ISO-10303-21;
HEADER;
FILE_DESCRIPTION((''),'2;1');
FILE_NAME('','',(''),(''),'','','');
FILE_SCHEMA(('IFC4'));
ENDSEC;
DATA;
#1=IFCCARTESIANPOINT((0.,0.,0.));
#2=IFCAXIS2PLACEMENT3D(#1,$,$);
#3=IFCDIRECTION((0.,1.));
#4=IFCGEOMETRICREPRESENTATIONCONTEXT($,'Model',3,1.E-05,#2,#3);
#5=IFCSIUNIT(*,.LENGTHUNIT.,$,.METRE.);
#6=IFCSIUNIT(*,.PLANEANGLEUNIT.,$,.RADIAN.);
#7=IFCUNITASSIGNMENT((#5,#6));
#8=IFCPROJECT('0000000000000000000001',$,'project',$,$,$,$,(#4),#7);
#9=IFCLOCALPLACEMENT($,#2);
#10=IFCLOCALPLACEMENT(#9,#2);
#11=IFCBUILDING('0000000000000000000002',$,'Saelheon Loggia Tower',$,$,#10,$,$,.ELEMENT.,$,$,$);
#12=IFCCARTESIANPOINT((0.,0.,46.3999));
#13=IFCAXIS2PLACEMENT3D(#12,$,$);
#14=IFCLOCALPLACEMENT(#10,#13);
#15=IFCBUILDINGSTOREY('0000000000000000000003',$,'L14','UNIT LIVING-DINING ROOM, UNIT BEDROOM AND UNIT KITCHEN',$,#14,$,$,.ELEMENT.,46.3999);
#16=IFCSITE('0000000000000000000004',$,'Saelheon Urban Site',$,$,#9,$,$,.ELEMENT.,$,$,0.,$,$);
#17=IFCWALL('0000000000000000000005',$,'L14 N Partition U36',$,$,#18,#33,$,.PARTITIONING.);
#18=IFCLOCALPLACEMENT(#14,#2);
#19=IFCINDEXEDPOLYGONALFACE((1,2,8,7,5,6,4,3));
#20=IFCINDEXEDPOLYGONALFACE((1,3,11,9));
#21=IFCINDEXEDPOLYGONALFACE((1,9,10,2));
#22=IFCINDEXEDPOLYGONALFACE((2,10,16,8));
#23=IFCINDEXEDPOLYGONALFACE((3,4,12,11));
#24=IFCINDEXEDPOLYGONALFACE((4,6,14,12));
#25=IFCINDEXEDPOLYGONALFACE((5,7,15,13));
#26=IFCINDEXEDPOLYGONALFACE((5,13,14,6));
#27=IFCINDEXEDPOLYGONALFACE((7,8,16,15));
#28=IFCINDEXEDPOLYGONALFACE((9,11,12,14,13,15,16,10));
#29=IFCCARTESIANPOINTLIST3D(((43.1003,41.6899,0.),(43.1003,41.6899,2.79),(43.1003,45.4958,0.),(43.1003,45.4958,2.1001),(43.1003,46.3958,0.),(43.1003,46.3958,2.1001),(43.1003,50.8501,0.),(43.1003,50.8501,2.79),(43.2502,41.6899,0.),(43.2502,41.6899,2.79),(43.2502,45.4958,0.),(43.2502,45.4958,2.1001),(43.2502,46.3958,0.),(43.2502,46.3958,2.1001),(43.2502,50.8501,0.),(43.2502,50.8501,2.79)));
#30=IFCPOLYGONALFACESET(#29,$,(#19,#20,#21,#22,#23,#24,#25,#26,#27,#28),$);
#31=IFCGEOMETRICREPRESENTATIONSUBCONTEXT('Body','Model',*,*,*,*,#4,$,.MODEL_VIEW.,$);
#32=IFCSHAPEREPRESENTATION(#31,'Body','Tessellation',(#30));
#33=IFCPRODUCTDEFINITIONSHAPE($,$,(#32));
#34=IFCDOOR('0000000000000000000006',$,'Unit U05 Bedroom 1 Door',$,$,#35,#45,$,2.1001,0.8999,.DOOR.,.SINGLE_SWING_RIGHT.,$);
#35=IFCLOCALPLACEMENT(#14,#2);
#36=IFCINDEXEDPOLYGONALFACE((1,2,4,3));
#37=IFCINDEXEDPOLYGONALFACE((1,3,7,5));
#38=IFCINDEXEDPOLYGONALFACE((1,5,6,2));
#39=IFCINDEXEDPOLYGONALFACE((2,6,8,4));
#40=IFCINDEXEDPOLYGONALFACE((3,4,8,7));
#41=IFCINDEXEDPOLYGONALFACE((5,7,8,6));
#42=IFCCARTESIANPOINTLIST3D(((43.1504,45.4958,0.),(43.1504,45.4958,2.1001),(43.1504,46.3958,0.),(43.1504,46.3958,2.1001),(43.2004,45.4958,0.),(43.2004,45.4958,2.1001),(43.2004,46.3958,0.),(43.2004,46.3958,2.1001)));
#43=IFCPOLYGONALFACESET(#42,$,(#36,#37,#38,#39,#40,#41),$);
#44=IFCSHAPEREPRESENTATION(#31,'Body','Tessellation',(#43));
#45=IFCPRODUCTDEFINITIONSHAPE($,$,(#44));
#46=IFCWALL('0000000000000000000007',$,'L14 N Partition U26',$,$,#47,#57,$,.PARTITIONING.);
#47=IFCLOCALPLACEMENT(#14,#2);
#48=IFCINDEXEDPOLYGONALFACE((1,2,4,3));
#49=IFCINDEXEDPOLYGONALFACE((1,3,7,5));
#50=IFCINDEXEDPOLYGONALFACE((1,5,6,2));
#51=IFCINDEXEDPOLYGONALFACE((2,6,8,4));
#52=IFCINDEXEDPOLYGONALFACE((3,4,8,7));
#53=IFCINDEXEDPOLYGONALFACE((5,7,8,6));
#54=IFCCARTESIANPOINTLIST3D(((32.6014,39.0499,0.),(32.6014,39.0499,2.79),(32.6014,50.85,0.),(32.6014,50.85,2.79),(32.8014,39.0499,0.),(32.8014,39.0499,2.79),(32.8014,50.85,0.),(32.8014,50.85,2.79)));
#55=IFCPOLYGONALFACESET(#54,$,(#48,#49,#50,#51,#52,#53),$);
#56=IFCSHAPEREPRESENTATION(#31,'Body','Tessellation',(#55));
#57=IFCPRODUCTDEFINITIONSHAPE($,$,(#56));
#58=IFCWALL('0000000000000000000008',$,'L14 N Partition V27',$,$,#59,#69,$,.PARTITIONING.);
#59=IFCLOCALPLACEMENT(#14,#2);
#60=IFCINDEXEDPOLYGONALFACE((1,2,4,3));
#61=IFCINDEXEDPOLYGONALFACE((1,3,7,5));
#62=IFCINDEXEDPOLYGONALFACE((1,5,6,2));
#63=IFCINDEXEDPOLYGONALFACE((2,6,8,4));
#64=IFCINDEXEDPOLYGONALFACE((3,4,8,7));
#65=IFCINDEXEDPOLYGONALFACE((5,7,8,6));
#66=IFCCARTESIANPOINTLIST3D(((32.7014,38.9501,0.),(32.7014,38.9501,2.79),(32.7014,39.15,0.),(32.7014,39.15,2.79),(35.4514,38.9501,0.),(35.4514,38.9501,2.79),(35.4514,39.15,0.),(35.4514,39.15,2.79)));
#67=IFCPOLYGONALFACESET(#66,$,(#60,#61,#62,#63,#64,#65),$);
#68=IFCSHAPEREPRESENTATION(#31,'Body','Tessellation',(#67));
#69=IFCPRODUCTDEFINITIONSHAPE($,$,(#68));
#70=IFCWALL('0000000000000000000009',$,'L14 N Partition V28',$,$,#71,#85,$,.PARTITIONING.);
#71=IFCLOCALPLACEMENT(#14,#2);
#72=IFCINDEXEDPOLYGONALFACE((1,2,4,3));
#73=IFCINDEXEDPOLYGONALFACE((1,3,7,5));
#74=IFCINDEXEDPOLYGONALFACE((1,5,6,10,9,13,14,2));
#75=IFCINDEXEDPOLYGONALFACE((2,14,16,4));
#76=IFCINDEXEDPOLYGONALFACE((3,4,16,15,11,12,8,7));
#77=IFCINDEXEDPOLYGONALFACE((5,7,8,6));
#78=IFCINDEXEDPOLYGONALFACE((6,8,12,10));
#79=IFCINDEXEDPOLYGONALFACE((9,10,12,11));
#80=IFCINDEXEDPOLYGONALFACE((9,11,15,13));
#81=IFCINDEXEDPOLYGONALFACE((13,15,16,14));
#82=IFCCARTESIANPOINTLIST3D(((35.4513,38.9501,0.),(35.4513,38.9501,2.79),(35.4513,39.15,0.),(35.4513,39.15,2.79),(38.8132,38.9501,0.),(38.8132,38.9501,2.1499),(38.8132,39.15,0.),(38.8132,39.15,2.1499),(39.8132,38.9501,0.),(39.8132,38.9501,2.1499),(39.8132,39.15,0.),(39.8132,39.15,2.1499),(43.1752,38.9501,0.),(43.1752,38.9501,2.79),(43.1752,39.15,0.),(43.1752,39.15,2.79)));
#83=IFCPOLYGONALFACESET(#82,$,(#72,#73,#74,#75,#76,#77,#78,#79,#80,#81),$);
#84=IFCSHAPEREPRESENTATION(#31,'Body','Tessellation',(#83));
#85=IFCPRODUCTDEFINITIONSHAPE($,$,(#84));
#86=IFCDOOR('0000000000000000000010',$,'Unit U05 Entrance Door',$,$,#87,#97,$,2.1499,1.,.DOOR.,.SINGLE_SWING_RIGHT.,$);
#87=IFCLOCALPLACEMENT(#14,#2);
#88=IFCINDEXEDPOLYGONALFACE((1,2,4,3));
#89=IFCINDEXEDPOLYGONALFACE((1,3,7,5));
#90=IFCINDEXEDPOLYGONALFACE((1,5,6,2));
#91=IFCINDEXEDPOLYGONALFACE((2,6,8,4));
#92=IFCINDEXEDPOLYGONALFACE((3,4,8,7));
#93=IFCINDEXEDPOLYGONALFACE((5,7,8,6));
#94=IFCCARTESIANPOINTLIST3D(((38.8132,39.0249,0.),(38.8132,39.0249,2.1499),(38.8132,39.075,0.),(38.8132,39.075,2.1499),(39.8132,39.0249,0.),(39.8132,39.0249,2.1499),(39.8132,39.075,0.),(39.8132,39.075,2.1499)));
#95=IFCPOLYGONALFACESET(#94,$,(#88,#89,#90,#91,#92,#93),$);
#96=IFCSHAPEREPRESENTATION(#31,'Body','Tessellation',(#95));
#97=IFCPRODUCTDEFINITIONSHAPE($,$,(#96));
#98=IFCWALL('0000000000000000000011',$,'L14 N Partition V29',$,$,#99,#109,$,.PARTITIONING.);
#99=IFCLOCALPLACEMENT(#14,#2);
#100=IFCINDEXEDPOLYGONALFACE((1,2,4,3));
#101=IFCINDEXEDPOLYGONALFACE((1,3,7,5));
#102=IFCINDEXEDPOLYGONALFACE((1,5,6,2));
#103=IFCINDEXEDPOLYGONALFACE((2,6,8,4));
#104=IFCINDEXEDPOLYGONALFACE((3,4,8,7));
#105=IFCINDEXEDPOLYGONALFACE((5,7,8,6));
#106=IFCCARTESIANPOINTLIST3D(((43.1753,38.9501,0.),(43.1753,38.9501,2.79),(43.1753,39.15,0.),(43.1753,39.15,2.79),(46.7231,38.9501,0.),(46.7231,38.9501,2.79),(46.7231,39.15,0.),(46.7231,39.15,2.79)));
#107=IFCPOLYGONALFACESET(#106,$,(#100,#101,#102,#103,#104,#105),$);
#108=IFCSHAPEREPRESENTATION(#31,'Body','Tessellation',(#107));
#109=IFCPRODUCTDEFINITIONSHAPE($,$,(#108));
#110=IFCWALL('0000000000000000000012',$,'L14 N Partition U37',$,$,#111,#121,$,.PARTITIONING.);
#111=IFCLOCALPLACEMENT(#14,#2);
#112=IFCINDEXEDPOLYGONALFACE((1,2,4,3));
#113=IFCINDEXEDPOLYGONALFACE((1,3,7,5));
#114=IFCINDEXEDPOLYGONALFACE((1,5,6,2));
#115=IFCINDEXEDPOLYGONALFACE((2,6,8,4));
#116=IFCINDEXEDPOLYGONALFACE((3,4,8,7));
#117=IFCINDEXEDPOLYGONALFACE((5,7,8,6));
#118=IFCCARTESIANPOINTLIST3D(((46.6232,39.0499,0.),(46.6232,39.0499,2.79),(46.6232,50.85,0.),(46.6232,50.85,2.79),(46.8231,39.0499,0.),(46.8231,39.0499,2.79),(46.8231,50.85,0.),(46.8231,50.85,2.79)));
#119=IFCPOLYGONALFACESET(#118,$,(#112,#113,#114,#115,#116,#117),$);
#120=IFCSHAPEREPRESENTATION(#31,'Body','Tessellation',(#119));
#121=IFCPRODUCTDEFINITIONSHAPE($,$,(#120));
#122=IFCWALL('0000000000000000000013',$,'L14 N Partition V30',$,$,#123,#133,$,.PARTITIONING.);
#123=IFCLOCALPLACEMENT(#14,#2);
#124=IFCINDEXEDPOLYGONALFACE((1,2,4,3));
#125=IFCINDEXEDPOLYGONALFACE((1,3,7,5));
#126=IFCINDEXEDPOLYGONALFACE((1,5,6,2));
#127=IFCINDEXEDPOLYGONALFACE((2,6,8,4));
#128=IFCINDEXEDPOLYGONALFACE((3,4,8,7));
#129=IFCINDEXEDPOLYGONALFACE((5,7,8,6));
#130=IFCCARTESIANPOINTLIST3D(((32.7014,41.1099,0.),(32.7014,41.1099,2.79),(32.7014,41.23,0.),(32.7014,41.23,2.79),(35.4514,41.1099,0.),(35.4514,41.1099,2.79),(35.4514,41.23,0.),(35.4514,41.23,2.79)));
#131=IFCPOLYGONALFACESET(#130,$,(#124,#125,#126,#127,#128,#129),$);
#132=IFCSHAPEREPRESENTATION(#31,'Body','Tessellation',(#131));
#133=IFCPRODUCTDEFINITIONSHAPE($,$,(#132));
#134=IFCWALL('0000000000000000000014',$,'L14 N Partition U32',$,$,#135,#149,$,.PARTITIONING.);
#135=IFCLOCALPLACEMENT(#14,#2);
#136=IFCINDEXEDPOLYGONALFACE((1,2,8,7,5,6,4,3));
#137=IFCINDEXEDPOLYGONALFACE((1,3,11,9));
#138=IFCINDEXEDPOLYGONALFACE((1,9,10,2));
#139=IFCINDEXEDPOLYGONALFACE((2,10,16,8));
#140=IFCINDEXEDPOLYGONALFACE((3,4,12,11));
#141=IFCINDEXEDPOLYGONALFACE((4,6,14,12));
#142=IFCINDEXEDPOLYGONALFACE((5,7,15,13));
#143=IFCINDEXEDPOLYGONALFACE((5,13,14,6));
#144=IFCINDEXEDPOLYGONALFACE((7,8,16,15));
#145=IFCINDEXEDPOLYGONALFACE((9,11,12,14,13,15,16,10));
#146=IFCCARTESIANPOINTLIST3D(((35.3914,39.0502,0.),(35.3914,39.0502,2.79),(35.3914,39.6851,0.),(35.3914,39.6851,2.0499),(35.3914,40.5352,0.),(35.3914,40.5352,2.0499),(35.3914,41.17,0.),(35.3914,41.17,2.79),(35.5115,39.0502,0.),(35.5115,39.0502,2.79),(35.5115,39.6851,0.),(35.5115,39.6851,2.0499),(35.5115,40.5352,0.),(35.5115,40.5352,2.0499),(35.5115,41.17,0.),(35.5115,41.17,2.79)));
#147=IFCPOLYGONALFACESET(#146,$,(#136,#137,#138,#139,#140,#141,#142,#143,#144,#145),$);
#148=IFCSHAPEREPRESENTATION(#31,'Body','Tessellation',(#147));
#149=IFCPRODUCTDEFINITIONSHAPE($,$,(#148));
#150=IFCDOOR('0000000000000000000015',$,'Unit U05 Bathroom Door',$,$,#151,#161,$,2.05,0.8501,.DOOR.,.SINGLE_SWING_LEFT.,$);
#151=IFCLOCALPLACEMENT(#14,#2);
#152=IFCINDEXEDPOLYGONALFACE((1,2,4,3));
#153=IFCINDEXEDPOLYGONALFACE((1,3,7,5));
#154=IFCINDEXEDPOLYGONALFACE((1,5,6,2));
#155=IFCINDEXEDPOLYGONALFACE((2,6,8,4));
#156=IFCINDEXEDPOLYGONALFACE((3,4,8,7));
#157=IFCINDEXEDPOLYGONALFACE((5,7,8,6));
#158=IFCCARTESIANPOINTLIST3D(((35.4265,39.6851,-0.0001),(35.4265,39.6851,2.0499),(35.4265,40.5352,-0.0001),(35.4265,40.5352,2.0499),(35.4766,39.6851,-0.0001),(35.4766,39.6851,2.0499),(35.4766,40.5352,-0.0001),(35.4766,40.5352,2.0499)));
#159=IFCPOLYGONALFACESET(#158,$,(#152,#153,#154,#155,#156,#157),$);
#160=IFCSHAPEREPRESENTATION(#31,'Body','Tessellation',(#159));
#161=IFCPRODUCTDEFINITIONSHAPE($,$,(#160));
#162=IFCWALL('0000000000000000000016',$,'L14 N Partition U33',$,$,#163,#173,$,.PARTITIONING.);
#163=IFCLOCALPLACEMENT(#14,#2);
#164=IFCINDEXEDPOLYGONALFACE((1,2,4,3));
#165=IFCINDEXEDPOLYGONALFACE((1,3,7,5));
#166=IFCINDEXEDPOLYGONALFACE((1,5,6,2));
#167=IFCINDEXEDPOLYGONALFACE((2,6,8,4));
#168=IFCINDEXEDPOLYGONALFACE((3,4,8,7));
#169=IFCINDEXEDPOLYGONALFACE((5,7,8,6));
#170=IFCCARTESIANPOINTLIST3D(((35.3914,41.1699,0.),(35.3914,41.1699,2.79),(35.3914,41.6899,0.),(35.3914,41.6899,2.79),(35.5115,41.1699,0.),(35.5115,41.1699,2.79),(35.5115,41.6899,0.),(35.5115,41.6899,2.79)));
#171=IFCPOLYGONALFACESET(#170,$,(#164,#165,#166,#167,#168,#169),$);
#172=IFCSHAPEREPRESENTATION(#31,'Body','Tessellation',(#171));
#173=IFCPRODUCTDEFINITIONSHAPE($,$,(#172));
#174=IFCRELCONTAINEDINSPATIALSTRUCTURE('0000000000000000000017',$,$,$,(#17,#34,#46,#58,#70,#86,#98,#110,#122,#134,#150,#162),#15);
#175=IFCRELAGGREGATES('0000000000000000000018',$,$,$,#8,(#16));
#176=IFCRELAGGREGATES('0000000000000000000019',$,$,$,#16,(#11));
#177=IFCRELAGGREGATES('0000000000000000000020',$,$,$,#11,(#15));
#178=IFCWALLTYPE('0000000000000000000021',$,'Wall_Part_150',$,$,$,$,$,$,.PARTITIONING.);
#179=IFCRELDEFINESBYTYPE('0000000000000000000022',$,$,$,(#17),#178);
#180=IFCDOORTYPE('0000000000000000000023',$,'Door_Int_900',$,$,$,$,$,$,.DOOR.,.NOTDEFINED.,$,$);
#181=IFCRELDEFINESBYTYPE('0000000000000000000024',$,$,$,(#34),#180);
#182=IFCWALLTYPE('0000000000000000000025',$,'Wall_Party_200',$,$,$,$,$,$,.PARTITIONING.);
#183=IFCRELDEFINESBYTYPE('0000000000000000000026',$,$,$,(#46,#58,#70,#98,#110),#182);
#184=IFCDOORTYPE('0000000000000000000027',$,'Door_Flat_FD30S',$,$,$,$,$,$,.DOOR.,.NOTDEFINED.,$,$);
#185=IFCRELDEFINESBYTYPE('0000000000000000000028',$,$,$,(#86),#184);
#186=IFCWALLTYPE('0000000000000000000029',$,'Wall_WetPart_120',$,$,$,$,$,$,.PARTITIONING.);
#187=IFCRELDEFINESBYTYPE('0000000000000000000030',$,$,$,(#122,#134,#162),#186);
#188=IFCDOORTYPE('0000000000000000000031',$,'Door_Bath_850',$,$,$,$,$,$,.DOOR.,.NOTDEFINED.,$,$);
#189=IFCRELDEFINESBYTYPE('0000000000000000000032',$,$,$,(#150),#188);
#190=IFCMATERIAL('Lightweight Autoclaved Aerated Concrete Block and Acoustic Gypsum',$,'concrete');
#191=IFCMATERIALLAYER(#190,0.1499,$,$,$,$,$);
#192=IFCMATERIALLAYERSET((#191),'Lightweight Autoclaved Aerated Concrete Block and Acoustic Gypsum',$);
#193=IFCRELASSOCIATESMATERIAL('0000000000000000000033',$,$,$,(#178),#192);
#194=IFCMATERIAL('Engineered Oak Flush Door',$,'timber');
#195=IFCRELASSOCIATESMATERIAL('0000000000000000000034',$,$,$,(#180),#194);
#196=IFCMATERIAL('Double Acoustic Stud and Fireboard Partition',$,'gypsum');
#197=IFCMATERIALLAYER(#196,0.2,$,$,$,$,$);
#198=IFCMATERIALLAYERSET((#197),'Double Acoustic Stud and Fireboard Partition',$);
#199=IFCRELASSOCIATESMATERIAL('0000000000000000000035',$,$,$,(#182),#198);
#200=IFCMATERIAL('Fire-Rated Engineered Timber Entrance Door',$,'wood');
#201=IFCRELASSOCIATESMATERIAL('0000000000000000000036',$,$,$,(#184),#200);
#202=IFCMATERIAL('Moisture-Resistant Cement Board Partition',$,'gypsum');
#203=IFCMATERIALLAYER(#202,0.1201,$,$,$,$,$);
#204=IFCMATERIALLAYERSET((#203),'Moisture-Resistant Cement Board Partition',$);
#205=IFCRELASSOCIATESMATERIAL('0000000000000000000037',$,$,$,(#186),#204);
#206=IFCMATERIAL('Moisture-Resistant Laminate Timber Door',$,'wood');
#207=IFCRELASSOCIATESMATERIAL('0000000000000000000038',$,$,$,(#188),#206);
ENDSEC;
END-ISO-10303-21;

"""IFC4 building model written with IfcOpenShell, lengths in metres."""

from ifc_helpers import new_model, si_unit, direction, frame, frame_2d, origin, place, context, subcontext, project, spatial, rectangle, extrude, source, transform, mapped, material, layer, layer_set, type_object, element, fill, save


model = new_model("IFC4")

# Units and contexts
model_context = context("Model", 3, precision=1e-05, world=origin(), true_north=direction((0.0, 1.0)))
body_context = subcontext(model_context, "Body", "Model", "MODEL_VIEW")
ifc_project = project(units=[si_unit("LENGTHUNIT", "METRE"), si_unit("PLANEANGLEUNIT", "RADIAN")], contexts=[model_context])

# Site, building, storey
site_placement = place(None, origin())
site = spatial("IfcSite", under=ifc_project, at=site_placement, Name="Saelheon Urban Site", CompositionType="ELEMENT", RefElevation=0.0)
building_placement = place(site_placement, origin())
building = spatial("IfcBuilding", under=site, at=building_placement, Name="Saelheon Loggia Tower", CompositionType="ELEMENT")
storey_placement = place(building_placement, frame((0.0, 0.0, 46.3999)))
storey = spatial("IfcBuildingStorey", under=building, at=storey_placement, Name="L14", Description="UNIT LIVING-DINING ROOM, UNIT BEDROOM AND UNIT KITCHEN", CompositionType="ELEMENT", Elevation=46.3999)

# Shared definitions
ifc_material_1 = material(Name="Lightweight Autoclaved Aerated Concrete Block and Acoustic Gypsum", Category="concrete")
ifc_layer_1 = layer(ifc_material_1, 0.1499)
ifc_layer_set_1 = layer_set([ifc_layer_1], Name="Lightweight Autoclaved Aerated Concrete Block and Acoustic Gypsum")
wall_type_1 = type_object("IfcWallType", Name="Wall_Part_150", PredefinedType="PARTITIONING", material=ifc_layer_set_1)

# Wall, opening, door
ifc_material_2 = material(Name="Engineered Oak Flush Door", Category="timber")
door_type_1 = type_object("IfcDoorType", Name="Door_Int_900", OperationType="NOTDEFINED", PredefinedType="DOOR", material=ifc_material_2)
shared_shape_1 = source(origin(), body_context, "Body", "SweptSolid", [
    extrude(rectangle(XDim=0.8999, YDim=2.1001, at=frame_2d((0.45, 1.05))), frame((0.0, 0.0249, 0.0), z_axis=(0.0, -1.0, 0.0), x_axis=(1.0, 0.0, 0.0)), (0.0, 0.0, 1.0), 0.05),
])
wall_1_placement = place(storey_placement, frame((43.1753, 41.6899, 0.0), z_axis=(0.0, 0.0, 1.0), x_axis=(0.0, 1.0, 0.0)))
wall_1 = element("IfcWall", 1, at=wall_1_placement, inside=storey, type_object=wall_type_1, Name="L14 N Partition U36", PredefinedType="PARTITIONING", context=body_context, shape_type="SweptSolid", body=[
    extrude(rectangle(XDim=9.1602, YDim=0.1499, at=frame_2d((4.5801, 0.0))), origin(), (0.0, 0.0, 1.0), 2.79),
])
opening_1_placement = place(wall_1_placement, frame((3.8059, 0.0, 0.0)))
opening_1 = element("IfcOpeningElement", 2, at=opening_1_placement, cuts=wall_1, PredefinedType="OPENING", context=body_context, shape_type="SweptSolid", body=[
    extrude(rectangle(XDim=0.8999, YDim=2.1001, at=frame_2d((0.45, 1.05))), frame((0.0, 0.0869, 0.0), z_axis=(0.0, -1.0, 0.0), x_axis=(1.0, 0.0, 0.0)), (0.0, 0.0, 1.0), 0.1738),
])
door_1_placement = place(opening_1_placement, origin())
door_1 = element("IfcDoor", 3, at=door_1_placement, inside=storey, type_object=door_type_1, Name="Unit U05 Bedroom 1 Door", OperationType="SINGLE_SWING_RIGHT", OverallHeight=2.1001, OverallWidth=0.8999, PredefinedType="DOOR", context=body_context, shape_type="MappedRepresentation", body=[
    mapped(shared_shape_1, transform((0.0, 0.0, 0.0), scale=1.0)),
])
fill(opening_1, door_1)

# Walls
ifc_material_3 = material(Name="Double Acoustic Stud and Fireboard Partition", Category="gypsum")
ifc_layer_2 = layer(ifc_material_3, 0.2)
ifc_layer_set_2 = layer_set([ifc_layer_2], Name="Double Acoustic Stud and Fireboard Partition")
wall_type_2 = type_object("IfcWallType", Name="Wall_Party_200", PredefinedType="PARTITIONING", material=ifc_layer_set_2)
wall_2_placement = place(storey_placement, frame((32.7014, 39.05, 0.0), z_axis=(0.0, 0.0, 1.0), x_axis=(0.0, 1.0, 0.0)))
element("IfcWall", 4, at=wall_2_placement, inside=storey, type_object=wall_type_2, Name="L14 N Partition U26", PredefinedType="PARTITIONING", context=body_context, shape_type="SweptSolid", body=[
    extrude(rectangle(XDim=11.8, YDim=0.2, at=frame_2d((5.8999, 0.0))), origin(), (0.0, 0.0, 1.0), 2.79),
])
wall_3_placement = place(storey_placement, frame((32.7014, 39.05, 0.0), z_axis=(0.0, 0.0, 1.0), x_axis=(1.0, 0.0, 0.0)))
element("IfcWall", 5, at=wall_3_placement, inside=storey, type_object=wall_type_2, Name="L14 N Partition V27", PredefinedType="PARTITIONING", context=body_context, shape_type="SweptSolid", body=[
    extrude(rectangle(XDim=2.75, YDim=0.2, at=frame_2d((1.375, 0.0))), origin(), (0.0, 0.0, 1.0), 2.79),
])

# Wall, opening, door
wall_4_placement = place(storey_placement, frame((35.4514, 39.05, 0.0), z_axis=(0.0, 0.0, 1.0), x_axis=(1.0, 0.0, 0.0)))
wall_4 = element("IfcWall", 6, at=wall_4_placement, inside=storey, type_object=wall_type_2, Name="L14 N Partition V28", PredefinedType="PARTITIONING", context=body_context, shape_type="SweptSolid", body=[
    extrude(rectangle(XDim=7.7239, YDim=0.2, at=frame_2d((3.8618, 0.0))), origin(), (0.0, 0.0, 1.0), 2.79),
])
opening_2_placement = place(wall_4_placement, frame((3.3618, 0.0, 0.0)))
opening_2 = element("IfcOpeningElement", 7, at=opening_2_placement, cuts=wall_4, PredefinedType="OPENING", context=body_context, shape_type="SweptSolid", body=[
    extrude(rectangle(XDim=1.0, YDim=2.1499, at=frame_2d((0.5, 1.075))), frame((0.0, 0.1121, 0.0), z_axis=(0.0, -1.0, 0.0), x_axis=(1.0, 0.0, 0.0)), (0.0, 0.0, 1.0), 0.2239),
])
ifc_material_4 = material(Name="Fire-Rated Engineered Timber Entrance Door", Category="wood")
door_type_2 = type_object("IfcDoorType", Name="Door_Flat_FD30S", OperationType="NOTDEFINED", PredefinedType="DOOR", material=ifc_material_4)
shared_shape_2 = source(origin(), body_context, "Body", "SweptSolid", [
    extrude(rectangle(XDim=1.0, YDim=2.1499, at=frame_2d((0.5, 1.075))), frame((0.0, 0.0249, 0.0), z_axis=(0.0, -1.0, 0.0), x_axis=(1.0, 0.0, 0.0)), (0.0, 0.0, 1.0), 0.05),
])
door_2_placement = place(opening_2_placement, origin())
door_2 = element("IfcDoor", 8, at=door_2_placement, inside=storey, type_object=door_type_2, Name="Unit U05 Entrance Door", OperationType="SINGLE_SWING_RIGHT", OverallHeight=2.1499, OverallWidth=1.0, PredefinedType="DOOR", context=body_context, shape_type="MappedRepresentation", body=[
    mapped(shared_shape_2, transform((0.0, 0.0, 0.0), scale=1.0)),
])
fill(opening_2, door_2)

# Walls
wall_5_placement = place(storey_placement, frame((43.1753, 39.05, 0.0), z_axis=(0.0, 0.0, 1.0), x_axis=(1.0, 0.0, 0.0)))
element("IfcWall", 9, at=wall_5_placement, inside=storey, type_object=wall_type_2, Name="L14 N Partition V29", PredefinedType="PARTITIONING", context=body_context, shape_type="SweptSolid", body=[
    extrude(rectangle(XDim=3.5479, YDim=0.2, at=frame_2d((1.7739, 0.0))), origin(), (0.0, 0.0, 1.0), 2.79),
])
wall_6_placement = place(storey_placement, frame((46.7231, 39.05, 0.0), z_axis=(0.0, 0.0, 1.0), x_axis=(0.0, 1.0, 0.0)))
element("IfcWall", 10, at=wall_6_placement, inside=storey, type_object=wall_type_2, Name="L14 N Partition U37", PredefinedType="PARTITIONING", context=body_context, shape_type="SweptSolid", body=[
    extrude(rectangle(XDim=11.8, YDim=0.2, at=frame_2d((5.8999, 0.0))), origin(), (0.0, 0.0, 1.0), 2.79),
])
ifc_material_5 = material(Name="Moisture-Resistant Cement Board Partition", Category="gypsum")
ifc_layer_3 = layer(ifc_material_5, 0.1201)
ifc_layer_set_3 = layer_set([ifc_layer_3], Name="Moisture-Resistant Cement Board Partition")
wall_type_3 = type_object("IfcWallType", Name="Wall_WetPart_120", PredefinedType="PARTITIONING", material=ifc_layer_set_3)
wall_7_placement = place(storey_placement, frame((32.7014, 41.1699, 0.0), z_axis=(0.0, 0.0, 1.0), x_axis=(1.0, 0.0, 0.0)))
element("IfcWall", 11, at=wall_7_placement, inside=storey, type_object=wall_type_3, Name="L14 N Partition V30", PredefinedType="PARTITIONING", context=body_context, shape_type="SweptSolid", body=[
    extrude(rectangle(XDim=2.75, YDim=0.1201, at=frame_2d((1.375, 0.0))), origin(), (0.0, 0.0, 1.0), 2.79),
])

# Wall, opening, door
wall_8_placement = place(storey_placement, frame((35.4514, 39.05, 0.0), z_axis=(0.0, 0.0, 1.0), x_axis=(0.0, 1.0, 0.0)))
wall_8 = element("IfcWall", 12, at=wall_8_placement, inside=storey, type_object=wall_type_3, Name="L14 N Partition U32", PredefinedType="PARTITIONING", context=body_context, shape_type="SweptSolid", body=[
    extrude(rectangle(XDim=2.1199, YDim=0.1201, at=frame_2d((1.0601, 0.0))), origin(), (0.0, 0.0, 1.0), 2.79),
])
opening_3_placement = place(wall_8_placement, frame((0.635, 0.0, 0.0)))
opening_3 = element("IfcOpeningElement", 13, at=opening_3_placement, cuts=wall_8, PredefinedType="OPENING", context=body_context, shape_type="SweptSolid", body=[
    extrude(rectangle(XDim=0.8501, YDim=2.05, at=frame_2d((0.425, 1.0249))), frame((0.0, 0.072, 0.0), z_axis=(0.0, -1.0, 0.0), x_axis=(1.0, 0.0, 0.0)), (0.0, 0.0, 1.0), 0.144),
])
ifc_material_6 = material(Name="Moisture-Resistant Laminate Timber Door", Category="wood")
door_type_3 = type_object("IfcDoorType", Name="Door_Bath_850", OperationType="NOTDEFINED", PredefinedType="DOOR", material=ifc_material_6)
shared_shape_3 = source(origin(), body_context, "Body", "SweptSolid", [
    extrude(rectangle(XDim=0.8501, YDim=2.05, at=frame_2d((0.425, 1.0249))), frame((0.0, 0.0249, 0.0), z_axis=(0.0, -1.0, 0.0), x_axis=(1.0, 0.0, 0.0)), (0.0, 0.0, 1.0), 0.05),
])
door_3_placement = place(opening_3_placement, origin())
door_3 = element("IfcDoor", 14, at=door_3_placement, inside=storey, type_object=door_type_3, Name="Unit U05 Bathroom Door", OperationType="SINGLE_SWING_LEFT", OverallHeight=2.05, OverallWidth=0.8501, PredefinedType="DOOR", context=body_context, shape_type="MappedRepresentation", body=[
    mapped(shared_shape_3, transform((0.0, 0.0, 0.0), scale=1.0)),
])
fill(opening_3, door_3)

# Wall
wall_9_placement = place(storey_placement, frame((35.4514, 41.1699, 0.0), z_axis=(0.0, 0.0, 1.0), x_axis=(0.0, 1.0, 0.0)))
element("IfcWall", 15, at=wall_9_placement, inside=storey, type_object=wall_type_3, Name="L14 N Partition U33", PredefinedType="PARTITIONING", context=body_context, shape_type="SweptSolid", body=[
    extrude(rectangle(XDim=0.52, YDim=0.1201, at=frame_2d((0.26, 0.0))), origin(), (0.0, 0.0, 1.0), 2.79),
])

save(model, "model.ifc")
